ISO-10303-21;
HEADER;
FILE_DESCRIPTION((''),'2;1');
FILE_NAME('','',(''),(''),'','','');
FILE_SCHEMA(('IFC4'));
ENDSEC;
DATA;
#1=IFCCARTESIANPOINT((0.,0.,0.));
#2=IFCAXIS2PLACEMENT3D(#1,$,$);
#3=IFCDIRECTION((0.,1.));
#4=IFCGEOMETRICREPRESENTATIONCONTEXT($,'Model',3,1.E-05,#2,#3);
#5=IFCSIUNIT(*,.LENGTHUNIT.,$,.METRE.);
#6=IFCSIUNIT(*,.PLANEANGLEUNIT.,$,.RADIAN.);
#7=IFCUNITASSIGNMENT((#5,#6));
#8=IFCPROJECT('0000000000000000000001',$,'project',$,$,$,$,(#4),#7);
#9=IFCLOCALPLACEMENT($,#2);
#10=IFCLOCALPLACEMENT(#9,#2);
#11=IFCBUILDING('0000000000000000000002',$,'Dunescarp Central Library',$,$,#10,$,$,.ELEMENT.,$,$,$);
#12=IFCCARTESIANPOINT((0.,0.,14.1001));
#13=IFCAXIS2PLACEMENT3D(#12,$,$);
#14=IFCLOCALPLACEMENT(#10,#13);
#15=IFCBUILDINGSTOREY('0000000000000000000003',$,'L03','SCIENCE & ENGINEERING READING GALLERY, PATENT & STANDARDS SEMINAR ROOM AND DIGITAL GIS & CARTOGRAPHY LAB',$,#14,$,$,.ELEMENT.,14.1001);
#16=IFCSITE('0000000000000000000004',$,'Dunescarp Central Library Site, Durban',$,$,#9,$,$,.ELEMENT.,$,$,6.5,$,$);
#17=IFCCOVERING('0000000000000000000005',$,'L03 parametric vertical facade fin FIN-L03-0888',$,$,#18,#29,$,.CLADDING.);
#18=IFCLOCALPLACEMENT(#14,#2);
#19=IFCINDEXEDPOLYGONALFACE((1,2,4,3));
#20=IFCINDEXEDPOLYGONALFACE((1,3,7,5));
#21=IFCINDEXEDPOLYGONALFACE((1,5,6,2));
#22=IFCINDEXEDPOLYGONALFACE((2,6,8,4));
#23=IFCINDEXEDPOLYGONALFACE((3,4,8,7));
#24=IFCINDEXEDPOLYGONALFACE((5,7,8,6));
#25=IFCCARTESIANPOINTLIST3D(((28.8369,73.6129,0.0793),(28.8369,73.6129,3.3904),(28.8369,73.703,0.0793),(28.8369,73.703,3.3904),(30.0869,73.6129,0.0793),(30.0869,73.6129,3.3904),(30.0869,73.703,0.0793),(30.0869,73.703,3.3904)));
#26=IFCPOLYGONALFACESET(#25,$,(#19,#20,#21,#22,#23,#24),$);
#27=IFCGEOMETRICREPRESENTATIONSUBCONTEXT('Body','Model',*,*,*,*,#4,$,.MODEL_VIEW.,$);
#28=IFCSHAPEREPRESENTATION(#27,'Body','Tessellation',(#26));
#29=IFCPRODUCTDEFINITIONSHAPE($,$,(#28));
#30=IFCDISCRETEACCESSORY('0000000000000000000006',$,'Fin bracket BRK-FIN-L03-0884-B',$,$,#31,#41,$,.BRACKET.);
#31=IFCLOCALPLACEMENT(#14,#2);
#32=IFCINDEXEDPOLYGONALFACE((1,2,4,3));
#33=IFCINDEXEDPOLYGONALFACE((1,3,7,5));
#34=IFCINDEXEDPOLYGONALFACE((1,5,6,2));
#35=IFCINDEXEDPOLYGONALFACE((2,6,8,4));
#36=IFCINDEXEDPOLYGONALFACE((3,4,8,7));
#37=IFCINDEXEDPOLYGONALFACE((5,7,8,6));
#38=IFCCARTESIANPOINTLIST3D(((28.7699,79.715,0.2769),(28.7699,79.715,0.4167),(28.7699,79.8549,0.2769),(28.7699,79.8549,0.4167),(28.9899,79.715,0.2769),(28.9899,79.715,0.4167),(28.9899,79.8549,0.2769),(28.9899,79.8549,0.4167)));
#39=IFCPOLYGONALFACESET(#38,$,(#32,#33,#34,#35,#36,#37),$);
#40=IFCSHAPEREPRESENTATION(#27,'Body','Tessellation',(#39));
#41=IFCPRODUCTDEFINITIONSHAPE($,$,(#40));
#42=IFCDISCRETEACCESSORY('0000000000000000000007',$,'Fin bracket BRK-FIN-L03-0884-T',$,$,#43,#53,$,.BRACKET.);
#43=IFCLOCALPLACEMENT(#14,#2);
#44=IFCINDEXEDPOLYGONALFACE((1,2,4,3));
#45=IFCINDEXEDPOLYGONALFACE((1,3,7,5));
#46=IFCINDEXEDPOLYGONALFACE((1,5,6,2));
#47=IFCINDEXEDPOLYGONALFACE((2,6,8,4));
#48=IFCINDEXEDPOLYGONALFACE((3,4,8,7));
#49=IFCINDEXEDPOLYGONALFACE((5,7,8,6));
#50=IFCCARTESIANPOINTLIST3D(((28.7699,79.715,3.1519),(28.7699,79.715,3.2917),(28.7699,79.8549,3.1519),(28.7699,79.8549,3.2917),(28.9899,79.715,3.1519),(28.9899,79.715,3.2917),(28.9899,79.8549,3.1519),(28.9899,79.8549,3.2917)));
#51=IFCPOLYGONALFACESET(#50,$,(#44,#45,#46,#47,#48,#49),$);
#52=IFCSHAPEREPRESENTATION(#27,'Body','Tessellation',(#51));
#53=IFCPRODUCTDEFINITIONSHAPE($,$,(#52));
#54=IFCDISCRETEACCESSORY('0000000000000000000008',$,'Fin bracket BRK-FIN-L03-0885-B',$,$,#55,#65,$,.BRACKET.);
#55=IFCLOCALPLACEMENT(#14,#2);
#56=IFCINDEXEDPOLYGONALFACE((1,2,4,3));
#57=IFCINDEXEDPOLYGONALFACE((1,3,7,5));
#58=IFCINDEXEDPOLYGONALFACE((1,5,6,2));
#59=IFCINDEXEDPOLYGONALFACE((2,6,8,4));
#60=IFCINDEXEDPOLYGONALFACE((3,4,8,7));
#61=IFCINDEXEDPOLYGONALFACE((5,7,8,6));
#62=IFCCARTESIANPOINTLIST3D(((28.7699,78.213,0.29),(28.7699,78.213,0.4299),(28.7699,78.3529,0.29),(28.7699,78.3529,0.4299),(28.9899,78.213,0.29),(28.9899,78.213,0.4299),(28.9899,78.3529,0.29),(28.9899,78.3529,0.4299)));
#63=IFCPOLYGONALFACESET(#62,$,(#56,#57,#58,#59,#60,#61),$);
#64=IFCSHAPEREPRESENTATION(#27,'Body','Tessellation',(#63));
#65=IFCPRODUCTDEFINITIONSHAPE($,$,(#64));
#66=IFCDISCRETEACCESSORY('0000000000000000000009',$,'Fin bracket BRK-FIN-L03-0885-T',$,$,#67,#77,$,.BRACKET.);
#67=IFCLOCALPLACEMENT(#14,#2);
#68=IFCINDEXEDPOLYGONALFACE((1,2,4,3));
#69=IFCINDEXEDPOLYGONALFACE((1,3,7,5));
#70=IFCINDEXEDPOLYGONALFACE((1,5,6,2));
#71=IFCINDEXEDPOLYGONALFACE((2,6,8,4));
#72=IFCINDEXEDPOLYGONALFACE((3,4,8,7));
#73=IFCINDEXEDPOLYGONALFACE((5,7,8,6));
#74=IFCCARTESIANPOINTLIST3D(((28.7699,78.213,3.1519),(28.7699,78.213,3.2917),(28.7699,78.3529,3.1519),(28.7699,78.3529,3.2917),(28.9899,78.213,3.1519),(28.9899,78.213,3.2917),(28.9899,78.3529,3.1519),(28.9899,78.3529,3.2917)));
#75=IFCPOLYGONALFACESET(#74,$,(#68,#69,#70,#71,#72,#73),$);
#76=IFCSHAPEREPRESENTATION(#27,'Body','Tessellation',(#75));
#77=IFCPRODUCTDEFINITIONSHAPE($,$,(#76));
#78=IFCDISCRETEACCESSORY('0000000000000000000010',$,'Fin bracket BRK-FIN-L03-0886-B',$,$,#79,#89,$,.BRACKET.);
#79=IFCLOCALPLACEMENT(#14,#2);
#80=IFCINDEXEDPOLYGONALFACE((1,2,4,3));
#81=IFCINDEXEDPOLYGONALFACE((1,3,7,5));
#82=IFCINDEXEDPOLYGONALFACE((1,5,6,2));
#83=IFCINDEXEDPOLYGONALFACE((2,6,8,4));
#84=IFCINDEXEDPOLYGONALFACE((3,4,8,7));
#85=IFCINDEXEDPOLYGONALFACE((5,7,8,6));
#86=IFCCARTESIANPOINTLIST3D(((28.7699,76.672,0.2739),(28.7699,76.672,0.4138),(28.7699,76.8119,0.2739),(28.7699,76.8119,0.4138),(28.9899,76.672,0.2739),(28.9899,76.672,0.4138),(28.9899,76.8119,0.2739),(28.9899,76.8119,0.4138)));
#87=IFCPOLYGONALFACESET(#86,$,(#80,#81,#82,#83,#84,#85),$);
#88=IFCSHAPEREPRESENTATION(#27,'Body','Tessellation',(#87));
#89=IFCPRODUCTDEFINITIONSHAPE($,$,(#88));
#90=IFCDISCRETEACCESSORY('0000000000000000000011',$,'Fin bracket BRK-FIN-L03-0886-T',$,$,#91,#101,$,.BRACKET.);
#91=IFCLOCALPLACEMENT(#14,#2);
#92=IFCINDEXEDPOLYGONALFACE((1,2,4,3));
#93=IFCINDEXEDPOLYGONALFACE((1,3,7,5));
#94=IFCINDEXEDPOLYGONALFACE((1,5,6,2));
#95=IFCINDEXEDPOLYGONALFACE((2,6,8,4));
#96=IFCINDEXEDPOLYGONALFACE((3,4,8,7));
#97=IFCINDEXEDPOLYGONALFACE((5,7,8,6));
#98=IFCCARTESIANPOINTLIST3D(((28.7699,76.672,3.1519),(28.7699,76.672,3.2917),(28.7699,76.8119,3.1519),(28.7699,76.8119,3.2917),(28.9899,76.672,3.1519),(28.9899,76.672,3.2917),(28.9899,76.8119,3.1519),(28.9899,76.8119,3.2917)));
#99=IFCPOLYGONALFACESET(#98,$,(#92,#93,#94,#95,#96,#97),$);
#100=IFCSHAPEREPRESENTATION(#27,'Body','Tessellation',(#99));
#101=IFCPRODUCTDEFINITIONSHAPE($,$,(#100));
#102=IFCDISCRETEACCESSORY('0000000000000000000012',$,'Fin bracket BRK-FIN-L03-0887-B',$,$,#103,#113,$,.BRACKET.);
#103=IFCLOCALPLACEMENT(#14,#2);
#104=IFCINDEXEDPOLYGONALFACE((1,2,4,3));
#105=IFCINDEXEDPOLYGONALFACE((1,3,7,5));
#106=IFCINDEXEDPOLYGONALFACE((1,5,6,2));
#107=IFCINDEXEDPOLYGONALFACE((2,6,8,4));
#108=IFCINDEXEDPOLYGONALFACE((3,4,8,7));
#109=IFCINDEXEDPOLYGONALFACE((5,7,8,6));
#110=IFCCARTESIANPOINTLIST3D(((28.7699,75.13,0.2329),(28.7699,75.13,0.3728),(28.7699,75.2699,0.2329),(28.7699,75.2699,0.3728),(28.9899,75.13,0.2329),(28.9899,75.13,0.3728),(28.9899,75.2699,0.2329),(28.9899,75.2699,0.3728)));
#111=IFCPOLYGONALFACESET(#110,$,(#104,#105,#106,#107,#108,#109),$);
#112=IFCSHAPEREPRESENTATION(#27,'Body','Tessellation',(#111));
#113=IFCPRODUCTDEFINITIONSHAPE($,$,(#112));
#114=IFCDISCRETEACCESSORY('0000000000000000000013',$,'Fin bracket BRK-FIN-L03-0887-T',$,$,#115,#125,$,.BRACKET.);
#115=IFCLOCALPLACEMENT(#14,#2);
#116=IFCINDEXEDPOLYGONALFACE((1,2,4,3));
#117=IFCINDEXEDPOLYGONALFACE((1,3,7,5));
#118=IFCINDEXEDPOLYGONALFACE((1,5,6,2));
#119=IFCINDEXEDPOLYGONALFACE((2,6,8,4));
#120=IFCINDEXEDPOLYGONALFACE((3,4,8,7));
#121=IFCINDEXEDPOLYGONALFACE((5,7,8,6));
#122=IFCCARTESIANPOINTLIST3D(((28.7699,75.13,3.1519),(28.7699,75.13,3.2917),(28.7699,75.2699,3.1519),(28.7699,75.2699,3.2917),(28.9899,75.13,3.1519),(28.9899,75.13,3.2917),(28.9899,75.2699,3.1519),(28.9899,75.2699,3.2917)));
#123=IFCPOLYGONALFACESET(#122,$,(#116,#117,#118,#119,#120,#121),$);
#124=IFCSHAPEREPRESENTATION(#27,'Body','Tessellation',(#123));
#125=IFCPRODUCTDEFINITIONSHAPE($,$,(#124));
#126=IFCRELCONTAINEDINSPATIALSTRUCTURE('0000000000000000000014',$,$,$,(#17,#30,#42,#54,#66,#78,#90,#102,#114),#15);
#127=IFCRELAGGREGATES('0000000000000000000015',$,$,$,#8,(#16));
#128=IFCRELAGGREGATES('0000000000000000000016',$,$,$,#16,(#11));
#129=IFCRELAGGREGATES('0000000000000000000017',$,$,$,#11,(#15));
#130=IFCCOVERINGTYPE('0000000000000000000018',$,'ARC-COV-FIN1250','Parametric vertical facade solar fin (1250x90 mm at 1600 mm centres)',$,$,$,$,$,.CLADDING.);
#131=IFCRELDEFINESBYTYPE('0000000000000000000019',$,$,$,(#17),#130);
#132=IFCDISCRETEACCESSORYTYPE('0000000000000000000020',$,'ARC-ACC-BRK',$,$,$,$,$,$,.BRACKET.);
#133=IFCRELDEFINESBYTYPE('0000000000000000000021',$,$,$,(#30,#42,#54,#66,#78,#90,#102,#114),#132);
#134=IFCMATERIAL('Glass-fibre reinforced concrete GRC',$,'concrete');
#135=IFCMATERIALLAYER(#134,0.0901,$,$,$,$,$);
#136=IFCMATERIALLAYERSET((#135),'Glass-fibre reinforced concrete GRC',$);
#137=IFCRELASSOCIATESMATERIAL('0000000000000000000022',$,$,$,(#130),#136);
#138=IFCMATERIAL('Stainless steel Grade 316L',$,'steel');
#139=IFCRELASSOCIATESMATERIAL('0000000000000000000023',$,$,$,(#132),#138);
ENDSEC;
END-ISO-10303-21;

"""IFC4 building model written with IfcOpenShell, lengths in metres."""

from ifc_helpers import new_model, si_unit, direction, frame, origin, origin_2d, place, context, subcontext, project, spatial, rectangle, extrude, material, layer, layer_set, type_object, element, save


model = new_model("IFC4")

# Units and contexts
model_context = context("Model", 3, precision=1e-05, world=origin(), true_north=direction((0.0, 1.0)))
body_context = subcontext(model_context, "Body", "Model", "MODEL_VIEW")
ifc_project = project(units=[si_unit("LENGTHUNIT", "METRE"), si_unit("PLANEANGLEUNIT", "RADIAN")], contexts=[model_context])

# Site, building, storey
site_placement = place(None, origin())
site = spatial("IfcSite", under=ifc_project, at=site_placement, Name="Dunescarp Central Library Site, Durban", CompositionType="ELEMENT", RefElevation=6.5)
building_placement = place(site_placement, origin())
building = spatial("IfcBuilding", under=site, at=building_placement, Name="Dunescarp Central Library", CompositionType="ELEMENT")
storey_placement = place(building_placement, frame((0.0, 0.0, 14.1001)))
storey = spatial("IfcBuildingStorey", under=building, at=storey_placement, Name="L03", Description="SCIENCE & ENGINEERING READING GALLERY, PATENT & STANDARDS SEMINAR ROOM AND DIGITAL GIS & CARTOGRAPHY LAB", CompositionType="ELEMENT", Elevation=14.1001)

# Covering
ifc_material_1 = material(Name="Glass-fibre reinforced concrete GRC", Category="concrete")
ifc_layer_1 = layer(ifc_material_1, 0.0901)
ifc_layer_set_1 = layer_set([ifc_layer_1], Name="Glass-fibre reinforced concrete GRC")
covering_type_1 = type_object("IfcCoveringType", Name="ARC-COV-FIN1250", Description="Parametric vertical facade solar fin (1250x90 mm at 1600 mm centres)", PredefinedType="CLADDING", material=ifc_layer_set_1)
covering_1_placement = place(storey_placement, frame((29.4619, 73.658, 0.0793), z_axis=(0.0, 0.0, 1.0), x_axis=(1.0, 0.0, 0.0)))
element("IfcCovering", 1, at=covering_1_placement, inside=storey, type_object=covering_type_1, Name="L03 parametric vertical facade fin FIN-L03-0888", PredefinedType="CLADDING", context=body_context, shape_type="SweptSolid", body=[
    extrude(rectangle(XDim=1.25, YDim=0.0901, at=origin_2d()), origin(), (0.0, 0.0, 1.0), 3.311),
])

# Discrete accessories
ifc_material_2 = material(Name="Stainless steel Grade 316L", Category="steel")
discrete_accessory_type = type_object("IfcDiscreteAccessoryType", Name="ARC-ACC-BRK", PredefinedType="BRACKET", material=ifc_material_2)
for number, where, z_axis, x_axis, name in (
    (2, (28.8799, 79.7849, 0.2769), (0.0, 0.0, 1.0), (1.0, 0.0, 0.0), "Fin bracket BRK-FIN-L03-0884-B"),
    (3, (28.8799, 79.7849, 3.1519), (0.0, 0.0, 1.0), (1.0, 0.0, 0.0), "Fin bracket BRK-FIN-L03-0884-T"),
    (4, (28.8799, 78.283, 0.29), (0.0, 0.0, 1.0), (1.0, 0.0, 0.0), "Fin bracket BRK-FIN-L03-0885-B"),
    (5, (28.8799, 78.283, 3.1519), (0.0, 0.0, 1.0), (1.0, 0.0, 0.0), "Fin bracket BRK-FIN-L03-0885-T"),
    (6, (28.8799, 76.7419, 0.2739), (0.0, 0.0, 1.0), (1.0, 0.0, 0.0), "Fin bracket BRK-FIN-L03-0886-B"),
    (7, (28.8799, 76.7419, 3.1519), (0.0, 0.0, 1.0), (1.0, 0.0, 0.0), "Fin bracket BRK-FIN-L03-0886-T"),
    (8, (28.8799, 75.2, 0.2329), (0.0, 0.0, 1.0), (1.0, 0.0, 0.0), "Fin bracket BRK-FIN-L03-0887-B"),
    (9, (28.8799, 75.2, 3.1519), (0.0, 0.0, 1.0), (1.0, 0.0, 0.0), "Fin bracket BRK-FIN-L03-0887-T"),
):
    element("IfcDiscreteAccessory", number, at=place(storey_placement, frame(where, z_axis=z_axis, x_axis=x_axis)), inside=storey, type_object=discrete_accessory_type, Name=name, PredefinedType="BRACKET", context=body_context, shape_type="SweptSolid", body=[
        extrude(rectangle(XDim=0.22, YDim=0.1399, at=origin_2d()), origin(), (0.0, 0.0, 1.0), 0.1399),
    ])

save(model, "model.ifc")
